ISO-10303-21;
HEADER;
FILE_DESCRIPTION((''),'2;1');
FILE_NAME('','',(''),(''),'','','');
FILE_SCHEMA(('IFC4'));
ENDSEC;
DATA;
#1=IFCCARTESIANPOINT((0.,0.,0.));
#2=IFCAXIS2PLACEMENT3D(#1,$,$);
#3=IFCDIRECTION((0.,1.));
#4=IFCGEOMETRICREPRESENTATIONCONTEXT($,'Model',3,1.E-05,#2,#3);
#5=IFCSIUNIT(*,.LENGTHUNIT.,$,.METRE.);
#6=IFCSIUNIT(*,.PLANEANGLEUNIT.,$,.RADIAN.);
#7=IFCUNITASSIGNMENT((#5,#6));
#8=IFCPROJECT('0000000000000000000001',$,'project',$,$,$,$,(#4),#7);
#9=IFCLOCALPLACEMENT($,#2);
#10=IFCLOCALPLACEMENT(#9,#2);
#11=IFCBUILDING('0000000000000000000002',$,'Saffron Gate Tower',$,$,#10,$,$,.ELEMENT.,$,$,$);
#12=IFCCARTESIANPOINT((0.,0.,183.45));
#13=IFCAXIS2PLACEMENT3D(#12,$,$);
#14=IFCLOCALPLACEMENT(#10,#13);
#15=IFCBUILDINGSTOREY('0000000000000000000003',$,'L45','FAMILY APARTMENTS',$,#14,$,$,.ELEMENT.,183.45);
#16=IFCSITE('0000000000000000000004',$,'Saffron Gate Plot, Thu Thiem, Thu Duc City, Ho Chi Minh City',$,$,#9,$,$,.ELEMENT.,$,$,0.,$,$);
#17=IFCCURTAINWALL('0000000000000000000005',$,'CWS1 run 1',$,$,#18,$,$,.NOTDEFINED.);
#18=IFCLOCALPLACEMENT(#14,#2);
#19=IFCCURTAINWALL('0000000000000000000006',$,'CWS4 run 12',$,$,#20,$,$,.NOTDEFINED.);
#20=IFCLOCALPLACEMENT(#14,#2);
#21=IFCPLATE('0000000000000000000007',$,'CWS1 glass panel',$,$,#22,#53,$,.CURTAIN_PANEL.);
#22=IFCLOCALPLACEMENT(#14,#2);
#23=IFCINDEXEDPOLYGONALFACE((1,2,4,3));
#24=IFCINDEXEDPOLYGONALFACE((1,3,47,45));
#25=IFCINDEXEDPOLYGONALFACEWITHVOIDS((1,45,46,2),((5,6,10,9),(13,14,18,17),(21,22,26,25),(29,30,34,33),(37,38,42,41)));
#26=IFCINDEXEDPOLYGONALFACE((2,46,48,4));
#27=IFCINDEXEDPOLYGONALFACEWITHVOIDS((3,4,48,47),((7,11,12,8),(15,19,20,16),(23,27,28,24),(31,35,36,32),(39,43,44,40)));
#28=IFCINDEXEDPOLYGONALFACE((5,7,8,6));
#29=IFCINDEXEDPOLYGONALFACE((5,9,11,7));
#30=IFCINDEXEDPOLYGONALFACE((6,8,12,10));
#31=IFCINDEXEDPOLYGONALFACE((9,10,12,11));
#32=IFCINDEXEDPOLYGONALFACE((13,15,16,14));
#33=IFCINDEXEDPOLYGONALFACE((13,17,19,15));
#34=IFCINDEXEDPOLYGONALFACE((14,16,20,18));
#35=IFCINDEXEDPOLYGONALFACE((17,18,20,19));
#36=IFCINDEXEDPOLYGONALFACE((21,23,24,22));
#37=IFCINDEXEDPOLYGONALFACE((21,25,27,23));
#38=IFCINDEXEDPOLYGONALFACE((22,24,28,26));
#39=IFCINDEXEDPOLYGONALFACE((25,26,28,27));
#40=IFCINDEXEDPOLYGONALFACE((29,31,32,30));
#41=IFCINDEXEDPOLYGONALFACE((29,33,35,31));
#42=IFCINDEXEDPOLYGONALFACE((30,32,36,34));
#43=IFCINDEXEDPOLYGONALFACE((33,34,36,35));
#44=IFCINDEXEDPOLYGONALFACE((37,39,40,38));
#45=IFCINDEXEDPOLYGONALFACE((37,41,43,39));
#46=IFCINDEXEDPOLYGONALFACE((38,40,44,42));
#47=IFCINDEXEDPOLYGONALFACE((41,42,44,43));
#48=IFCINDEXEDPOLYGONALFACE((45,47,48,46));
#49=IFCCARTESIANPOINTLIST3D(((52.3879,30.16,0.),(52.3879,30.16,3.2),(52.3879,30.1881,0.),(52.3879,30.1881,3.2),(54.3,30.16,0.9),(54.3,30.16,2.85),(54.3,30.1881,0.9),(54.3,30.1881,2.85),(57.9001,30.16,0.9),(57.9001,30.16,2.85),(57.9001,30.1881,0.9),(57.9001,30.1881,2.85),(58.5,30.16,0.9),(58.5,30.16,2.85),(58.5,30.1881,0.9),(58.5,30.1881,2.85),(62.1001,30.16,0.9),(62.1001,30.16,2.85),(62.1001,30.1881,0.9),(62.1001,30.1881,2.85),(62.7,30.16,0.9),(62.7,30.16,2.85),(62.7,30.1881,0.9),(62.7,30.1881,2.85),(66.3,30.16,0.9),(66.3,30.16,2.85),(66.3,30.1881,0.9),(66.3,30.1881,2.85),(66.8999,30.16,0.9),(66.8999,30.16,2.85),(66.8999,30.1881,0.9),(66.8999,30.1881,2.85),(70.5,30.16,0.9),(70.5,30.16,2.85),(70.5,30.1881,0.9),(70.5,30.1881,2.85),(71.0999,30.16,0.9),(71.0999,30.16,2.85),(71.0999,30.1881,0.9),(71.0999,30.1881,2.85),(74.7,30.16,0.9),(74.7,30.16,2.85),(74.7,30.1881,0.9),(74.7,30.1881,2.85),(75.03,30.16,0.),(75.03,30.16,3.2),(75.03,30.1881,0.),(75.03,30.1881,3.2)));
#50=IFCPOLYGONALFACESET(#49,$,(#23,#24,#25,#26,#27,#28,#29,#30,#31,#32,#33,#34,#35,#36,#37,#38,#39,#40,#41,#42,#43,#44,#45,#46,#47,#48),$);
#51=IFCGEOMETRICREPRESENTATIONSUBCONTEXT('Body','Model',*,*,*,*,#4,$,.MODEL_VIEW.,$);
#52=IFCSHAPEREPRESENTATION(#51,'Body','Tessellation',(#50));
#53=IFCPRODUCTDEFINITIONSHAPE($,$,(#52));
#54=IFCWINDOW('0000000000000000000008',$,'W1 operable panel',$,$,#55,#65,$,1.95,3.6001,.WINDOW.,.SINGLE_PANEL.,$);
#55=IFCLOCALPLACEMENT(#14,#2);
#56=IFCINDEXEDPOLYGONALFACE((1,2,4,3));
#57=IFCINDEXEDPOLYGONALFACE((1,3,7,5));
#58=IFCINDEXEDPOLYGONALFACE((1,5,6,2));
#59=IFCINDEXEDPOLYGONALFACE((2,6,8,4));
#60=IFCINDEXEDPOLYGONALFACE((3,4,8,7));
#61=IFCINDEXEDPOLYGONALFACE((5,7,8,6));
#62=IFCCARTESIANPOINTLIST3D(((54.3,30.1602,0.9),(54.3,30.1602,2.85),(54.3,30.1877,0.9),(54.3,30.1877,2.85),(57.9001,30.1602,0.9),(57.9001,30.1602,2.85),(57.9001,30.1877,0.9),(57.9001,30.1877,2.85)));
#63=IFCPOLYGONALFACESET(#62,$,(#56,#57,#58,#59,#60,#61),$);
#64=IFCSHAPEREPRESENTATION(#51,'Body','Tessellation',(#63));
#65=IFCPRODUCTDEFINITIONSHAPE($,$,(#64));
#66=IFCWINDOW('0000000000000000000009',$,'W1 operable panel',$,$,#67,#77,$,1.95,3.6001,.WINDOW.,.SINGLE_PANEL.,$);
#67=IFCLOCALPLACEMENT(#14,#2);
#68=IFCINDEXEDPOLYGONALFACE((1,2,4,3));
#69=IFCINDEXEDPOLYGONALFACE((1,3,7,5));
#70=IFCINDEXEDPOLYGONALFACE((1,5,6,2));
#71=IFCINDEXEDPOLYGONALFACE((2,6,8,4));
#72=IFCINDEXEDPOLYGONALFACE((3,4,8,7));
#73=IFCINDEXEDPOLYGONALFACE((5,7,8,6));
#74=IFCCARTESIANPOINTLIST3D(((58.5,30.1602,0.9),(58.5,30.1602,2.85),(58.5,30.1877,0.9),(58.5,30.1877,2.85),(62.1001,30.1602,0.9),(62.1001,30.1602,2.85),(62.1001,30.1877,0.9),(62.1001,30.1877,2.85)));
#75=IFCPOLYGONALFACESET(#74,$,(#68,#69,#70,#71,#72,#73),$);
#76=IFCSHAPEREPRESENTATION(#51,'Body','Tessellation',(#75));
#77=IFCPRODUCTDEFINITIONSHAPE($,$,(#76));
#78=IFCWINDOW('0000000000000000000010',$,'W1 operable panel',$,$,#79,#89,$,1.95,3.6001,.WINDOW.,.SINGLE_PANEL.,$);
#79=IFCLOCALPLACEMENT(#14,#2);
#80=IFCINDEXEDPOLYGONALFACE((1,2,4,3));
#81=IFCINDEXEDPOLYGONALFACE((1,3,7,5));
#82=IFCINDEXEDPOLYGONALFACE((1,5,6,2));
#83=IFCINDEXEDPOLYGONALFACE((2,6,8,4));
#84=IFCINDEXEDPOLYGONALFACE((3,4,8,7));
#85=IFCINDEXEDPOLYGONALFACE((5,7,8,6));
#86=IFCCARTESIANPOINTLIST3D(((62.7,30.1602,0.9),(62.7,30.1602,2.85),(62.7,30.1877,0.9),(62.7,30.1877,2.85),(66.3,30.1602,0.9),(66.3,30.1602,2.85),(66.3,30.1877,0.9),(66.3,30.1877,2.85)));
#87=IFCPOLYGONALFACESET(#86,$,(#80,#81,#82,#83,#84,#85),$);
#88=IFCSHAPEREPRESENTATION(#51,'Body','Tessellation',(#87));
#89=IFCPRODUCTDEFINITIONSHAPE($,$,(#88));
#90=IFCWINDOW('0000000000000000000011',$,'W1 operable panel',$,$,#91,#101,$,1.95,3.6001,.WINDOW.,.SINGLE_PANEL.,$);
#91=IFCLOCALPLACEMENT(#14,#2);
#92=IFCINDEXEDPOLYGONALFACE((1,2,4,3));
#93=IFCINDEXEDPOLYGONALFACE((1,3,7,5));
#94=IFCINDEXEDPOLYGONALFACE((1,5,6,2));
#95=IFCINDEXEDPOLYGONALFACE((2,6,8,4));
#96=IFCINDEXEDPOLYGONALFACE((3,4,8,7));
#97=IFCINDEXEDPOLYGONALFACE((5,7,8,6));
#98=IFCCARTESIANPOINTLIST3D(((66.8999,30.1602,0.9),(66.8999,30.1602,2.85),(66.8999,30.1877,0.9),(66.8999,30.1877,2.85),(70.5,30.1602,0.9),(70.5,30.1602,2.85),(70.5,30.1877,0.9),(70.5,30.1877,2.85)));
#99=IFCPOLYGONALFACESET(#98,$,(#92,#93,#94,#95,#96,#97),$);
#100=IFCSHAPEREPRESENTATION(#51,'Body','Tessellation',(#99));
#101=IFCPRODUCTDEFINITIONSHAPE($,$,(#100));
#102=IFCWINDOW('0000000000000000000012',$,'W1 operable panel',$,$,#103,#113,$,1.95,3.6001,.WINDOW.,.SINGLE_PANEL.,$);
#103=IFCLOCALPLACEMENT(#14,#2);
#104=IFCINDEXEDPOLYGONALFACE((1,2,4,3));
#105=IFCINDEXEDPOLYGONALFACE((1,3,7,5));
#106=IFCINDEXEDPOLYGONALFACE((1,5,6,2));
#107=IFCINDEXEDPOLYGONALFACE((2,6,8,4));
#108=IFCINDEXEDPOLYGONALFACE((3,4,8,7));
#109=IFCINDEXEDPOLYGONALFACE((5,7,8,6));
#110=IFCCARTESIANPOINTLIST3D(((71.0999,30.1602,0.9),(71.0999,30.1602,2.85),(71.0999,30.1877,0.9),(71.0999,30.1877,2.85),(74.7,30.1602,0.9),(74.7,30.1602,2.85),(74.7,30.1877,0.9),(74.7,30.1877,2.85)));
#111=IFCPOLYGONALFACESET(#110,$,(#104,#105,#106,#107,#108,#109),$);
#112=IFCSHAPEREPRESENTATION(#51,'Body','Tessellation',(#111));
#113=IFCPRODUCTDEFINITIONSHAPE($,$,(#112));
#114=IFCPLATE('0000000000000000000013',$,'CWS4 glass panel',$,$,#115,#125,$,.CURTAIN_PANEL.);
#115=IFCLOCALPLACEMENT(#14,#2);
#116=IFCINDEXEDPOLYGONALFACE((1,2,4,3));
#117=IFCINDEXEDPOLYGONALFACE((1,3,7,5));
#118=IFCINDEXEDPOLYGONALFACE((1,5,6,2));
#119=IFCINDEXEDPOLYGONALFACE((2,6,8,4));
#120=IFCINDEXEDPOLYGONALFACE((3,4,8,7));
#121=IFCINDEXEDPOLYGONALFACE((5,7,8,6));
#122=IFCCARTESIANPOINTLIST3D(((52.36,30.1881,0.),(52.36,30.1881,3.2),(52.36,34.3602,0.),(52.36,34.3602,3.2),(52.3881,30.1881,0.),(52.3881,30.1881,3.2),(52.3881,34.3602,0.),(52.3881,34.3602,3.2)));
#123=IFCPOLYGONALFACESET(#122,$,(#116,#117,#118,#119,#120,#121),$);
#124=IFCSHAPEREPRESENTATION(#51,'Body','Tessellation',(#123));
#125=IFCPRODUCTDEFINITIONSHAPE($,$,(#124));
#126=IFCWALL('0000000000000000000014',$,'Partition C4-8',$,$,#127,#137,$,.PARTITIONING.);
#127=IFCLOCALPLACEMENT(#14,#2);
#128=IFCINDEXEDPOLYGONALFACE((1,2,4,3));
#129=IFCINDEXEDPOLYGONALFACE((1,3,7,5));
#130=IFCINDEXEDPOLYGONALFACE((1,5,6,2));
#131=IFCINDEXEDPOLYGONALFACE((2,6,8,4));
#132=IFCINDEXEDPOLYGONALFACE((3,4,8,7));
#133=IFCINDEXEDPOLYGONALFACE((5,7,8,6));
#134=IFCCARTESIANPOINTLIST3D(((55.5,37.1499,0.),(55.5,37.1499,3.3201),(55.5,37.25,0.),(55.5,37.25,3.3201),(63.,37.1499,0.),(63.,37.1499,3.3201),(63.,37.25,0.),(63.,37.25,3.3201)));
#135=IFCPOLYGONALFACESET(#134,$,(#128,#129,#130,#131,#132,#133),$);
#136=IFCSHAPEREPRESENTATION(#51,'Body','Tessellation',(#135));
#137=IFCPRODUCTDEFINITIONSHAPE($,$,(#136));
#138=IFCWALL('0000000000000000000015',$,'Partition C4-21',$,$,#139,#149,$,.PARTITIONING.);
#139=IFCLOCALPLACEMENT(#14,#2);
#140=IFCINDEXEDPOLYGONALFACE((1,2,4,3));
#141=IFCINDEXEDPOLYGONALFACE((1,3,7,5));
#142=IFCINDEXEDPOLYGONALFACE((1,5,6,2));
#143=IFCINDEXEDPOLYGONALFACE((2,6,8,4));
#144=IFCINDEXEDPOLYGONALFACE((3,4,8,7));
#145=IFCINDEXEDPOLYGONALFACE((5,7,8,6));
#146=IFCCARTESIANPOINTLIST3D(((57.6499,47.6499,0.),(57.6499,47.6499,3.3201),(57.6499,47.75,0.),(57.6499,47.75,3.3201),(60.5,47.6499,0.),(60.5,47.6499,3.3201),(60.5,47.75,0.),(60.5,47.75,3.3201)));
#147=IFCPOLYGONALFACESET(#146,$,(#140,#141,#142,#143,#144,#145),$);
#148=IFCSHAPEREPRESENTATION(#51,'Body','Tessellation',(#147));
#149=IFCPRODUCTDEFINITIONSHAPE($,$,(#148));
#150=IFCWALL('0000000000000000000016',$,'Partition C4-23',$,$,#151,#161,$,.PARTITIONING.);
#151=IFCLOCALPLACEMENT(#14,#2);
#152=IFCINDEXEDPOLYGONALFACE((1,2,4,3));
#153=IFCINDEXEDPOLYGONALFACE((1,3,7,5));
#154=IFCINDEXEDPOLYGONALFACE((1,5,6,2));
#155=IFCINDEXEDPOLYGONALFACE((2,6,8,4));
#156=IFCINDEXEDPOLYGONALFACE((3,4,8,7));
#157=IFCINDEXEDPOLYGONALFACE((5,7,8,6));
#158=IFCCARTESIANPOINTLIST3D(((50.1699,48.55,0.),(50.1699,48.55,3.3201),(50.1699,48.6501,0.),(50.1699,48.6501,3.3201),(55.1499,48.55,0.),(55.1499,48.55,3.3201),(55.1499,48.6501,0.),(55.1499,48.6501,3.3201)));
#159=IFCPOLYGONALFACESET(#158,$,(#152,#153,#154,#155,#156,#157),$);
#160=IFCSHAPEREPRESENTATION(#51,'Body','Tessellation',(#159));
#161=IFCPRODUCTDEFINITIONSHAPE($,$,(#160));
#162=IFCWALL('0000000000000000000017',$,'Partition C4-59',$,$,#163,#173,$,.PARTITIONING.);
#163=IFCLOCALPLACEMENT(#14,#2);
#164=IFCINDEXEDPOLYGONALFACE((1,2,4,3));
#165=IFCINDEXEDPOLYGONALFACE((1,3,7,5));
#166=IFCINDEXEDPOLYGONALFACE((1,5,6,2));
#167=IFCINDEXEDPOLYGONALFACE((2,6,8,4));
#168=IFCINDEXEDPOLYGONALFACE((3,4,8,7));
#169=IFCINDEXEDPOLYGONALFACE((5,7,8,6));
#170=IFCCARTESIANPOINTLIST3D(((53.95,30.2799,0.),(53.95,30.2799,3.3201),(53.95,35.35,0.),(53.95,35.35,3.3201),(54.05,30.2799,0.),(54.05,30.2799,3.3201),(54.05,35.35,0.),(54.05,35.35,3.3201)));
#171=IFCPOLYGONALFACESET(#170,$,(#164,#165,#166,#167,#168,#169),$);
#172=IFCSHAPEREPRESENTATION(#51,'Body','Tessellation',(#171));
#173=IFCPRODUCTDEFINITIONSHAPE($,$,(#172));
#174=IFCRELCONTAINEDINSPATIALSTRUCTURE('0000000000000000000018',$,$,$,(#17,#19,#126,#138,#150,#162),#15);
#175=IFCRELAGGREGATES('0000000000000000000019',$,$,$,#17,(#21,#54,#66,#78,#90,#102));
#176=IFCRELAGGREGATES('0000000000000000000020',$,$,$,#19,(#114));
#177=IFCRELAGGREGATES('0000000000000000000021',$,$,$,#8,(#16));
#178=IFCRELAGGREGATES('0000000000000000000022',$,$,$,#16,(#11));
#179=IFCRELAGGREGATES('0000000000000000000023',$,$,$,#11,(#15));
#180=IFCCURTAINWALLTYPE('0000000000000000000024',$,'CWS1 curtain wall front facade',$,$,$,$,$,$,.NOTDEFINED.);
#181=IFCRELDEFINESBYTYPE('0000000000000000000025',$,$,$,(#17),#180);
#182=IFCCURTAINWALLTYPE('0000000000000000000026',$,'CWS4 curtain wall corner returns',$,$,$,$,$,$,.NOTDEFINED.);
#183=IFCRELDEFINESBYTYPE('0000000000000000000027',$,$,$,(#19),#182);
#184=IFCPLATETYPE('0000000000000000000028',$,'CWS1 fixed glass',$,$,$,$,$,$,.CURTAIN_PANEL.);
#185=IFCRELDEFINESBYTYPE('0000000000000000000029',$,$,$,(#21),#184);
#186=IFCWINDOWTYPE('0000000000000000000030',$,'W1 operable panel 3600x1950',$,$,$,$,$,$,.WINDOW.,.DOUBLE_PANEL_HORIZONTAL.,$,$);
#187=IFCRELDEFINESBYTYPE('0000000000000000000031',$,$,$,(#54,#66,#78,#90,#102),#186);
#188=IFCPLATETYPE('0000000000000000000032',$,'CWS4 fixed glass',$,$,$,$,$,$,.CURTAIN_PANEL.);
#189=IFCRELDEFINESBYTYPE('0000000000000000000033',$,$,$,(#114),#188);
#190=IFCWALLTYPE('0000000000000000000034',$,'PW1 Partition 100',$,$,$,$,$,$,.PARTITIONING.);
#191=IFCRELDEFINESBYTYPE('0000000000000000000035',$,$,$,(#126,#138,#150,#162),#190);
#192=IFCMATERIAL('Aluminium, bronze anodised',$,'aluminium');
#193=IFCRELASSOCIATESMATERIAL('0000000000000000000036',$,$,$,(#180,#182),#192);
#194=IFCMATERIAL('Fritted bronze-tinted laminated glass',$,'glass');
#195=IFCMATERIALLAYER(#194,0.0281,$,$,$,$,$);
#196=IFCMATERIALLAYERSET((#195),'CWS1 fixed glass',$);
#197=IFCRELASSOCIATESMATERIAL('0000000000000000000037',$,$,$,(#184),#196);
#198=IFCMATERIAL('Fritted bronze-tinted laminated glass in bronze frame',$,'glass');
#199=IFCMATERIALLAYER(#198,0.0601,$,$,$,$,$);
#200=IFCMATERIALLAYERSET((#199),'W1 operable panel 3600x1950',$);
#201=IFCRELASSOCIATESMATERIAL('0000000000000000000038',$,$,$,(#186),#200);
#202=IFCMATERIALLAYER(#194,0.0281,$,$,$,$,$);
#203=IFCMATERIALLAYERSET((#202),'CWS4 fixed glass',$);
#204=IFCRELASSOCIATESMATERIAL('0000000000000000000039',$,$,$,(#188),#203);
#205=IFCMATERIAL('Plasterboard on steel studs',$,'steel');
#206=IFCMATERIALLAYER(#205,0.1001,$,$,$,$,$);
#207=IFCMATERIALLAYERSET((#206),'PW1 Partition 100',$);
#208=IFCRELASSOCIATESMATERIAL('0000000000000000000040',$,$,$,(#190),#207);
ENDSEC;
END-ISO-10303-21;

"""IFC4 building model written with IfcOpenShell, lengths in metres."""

from ifc_helpers import new_model, si_unit, direction, frame, frame_2d, origin, place, context, subcontext, project, spatial, rectangle, extrude, material, layer, layer_set, type_object, element, fill, aggregate, save


model = new_model("IFC4")

# Units and contexts
model_context = context("Model", 3, precision=1e-05, world=origin(), true_north=direction((0.0, 1.0)))
body_context = subcontext(model_context, "Body", "Model", "MODEL_VIEW")
ifc_project = project(units=[si_unit("LENGTHUNIT", "METRE"), si_unit("PLANEANGLEUNIT", "RADIAN")], contexts=[model_context])

# Site, building, storey
site_placement = place(None, origin())
site = spatial("IfcSite", under=ifc_project, at=site_placement, Name="Saffron Gate Plot, Thu Thiem, Thu Duc City, Ho Chi Minh City", CompositionType="ELEMENT", RefElevation=0.0)
building_placement = place(site_placement, origin())
building = spatial("IfcBuilding", under=site, at=building_placement, Name="Saffron Gate Tower", CompositionType="ELEMENT")
storey_placement = place(building_placement, frame((0.0, 0.0, 183.45)))
storey = spatial("IfcBuildingStorey", under=building, at=storey_placement, Name="L45", Description="FAMILY APARTMENTS", CompositionType="ELEMENT", Elevation=183.45)

# Curtain wall
ifc_material_1 = material(Name="Aluminium, bronze anodised", Category="aluminium")
curtain_wall_type_1 = type_object("IfcCurtainWallType", Name="CWS1 curtain wall front facade", PredefinedType="NOTDEFINED", material=ifc_material_1)
curtain_wall_1_placement = place(storey_placement, origin())
curtain_wall_1 = element("IfcCurtainWall", 1, at=curtain_wall_1_placement, inside=storey, type_object=curtain_wall_type_1, Name="CWS1 run 1", PredefinedType="NOTDEFINED")

# Curtain wall
curtain_wall_type_2 = type_object("IfcCurtainWallType", Name="CWS4 curtain wall corner returns", PredefinedType="NOTDEFINED", material=ifc_material_1)
curtain_wall_2_placement = place(storey_placement, origin())
curtain_wall_2 = element("IfcCurtainWall", 2, at=curtain_wall_2_placement, inside=storey, type_object=curtain_wall_type_2, Name="CWS4 run 12", PredefinedType="NOTDEFINED")

# Plate, openings, windows
ifc_material_2 = material(Name="Fritted bronze-tinted laminated glass", Category="glass")
ifc_layer_1 = layer(ifc_material_2, 0.0281)
ifc_layer_set_1 = layer_set([ifc_layer_1], Name="CWS1 fixed glass")
plate_type_1 = type_object("IfcPlateType", Name="CWS1 fixed glass", PredefinedType="CURTAIN_PANEL", material=ifc_layer_set_1)
plate_1_placement = place(storey_placement, frame((52.3879, 30.1741, 0.0), z_axis=(0.0, 0.0, 1.0), x_axis=(1.0, 0.0, 0.0)))
plate_1 = element("IfcPlate", 3, at=plate_1_placement, type_object=plate_type_1, Name="CWS1 glass panel", PredefinedType="CURTAIN_PANEL", context=body_context, shape_type="SweptSolid", body=[
    extrude(rectangle(XDim=22.6421, YDim=0.0281, at=frame_2d((11.321, 0.0))), origin(), (0.0, 0.0, 1.0), 3.2),
])
opening_1_placement = place(plate_1_placement, frame((1.9121, 0.0, 0.8999)))
opening_1 = element("IfcOpeningElement", 4, at=opening_1_placement, cuts=plate_1, PredefinedType="OPENING", context=body_context, shape_type="SweptSolid", body=[
    extrude(rectangle(XDim=3.6001, YDim=1.95, at=frame_2d((1.8, 0.9751))), frame((0.0, 0.0239, 0.0), z_axis=(0.0, -1.0, 0.0), x_axis=(1.0, 0.0, 0.0)), (0.0, 0.0, 1.0), 0.0481),
])
opening_2_placement = place(plate_1_placement, frame((6.1121, 0.0, 0.8999)))
opening_2 = element("IfcOpeningElement", 5, at=opening_2_placement, cuts=plate_1, PredefinedType="OPENING", context=body_context, shape_type="SweptSolid", body=[
    extrude(rectangle(XDim=3.6001, YDim=1.95, at=frame_2d((1.8, 0.9751))), frame((0.0, 0.0239, 0.0), z_axis=(0.0, -1.0, 0.0), x_axis=(1.0, 0.0, 0.0)), (0.0, 0.0, 1.0), 0.0481),
])
opening_3_placement = place(plate_1_placement, frame((10.312, 0.0, 0.8999)))
opening_3 = element("IfcOpeningElement", 6, at=opening_3_placement, cuts=plate_1, PredefinedType="OPENING", context=body_context, shape_type="SweptSolid", body=[
    extrude(rectangle(XDim=3.6001, YDim=1.95, at=frame_2d((1.8, 0.9751))), frame((0.0, 0.0239, 0.0), z_axis=(0.0, -1.0, 0.0), x_axis=(1.0, 0.0, 0.0)), (0.0, 0.0, 1.0), 0.0481),
])
opening_4_placement = place(plate_1_placement, frame((14.512, 0.0, 0.8999)))
opening_4 = element("IfcOpeningElement", 7, at=opening_4_placement, cuts=plate_1, PredefinedType="OPENING", context=body_context, shape_type="SweptSolid", body=[
    extrude(rectangle(XDim=3.6001, YDim=1.95, at=frame_2d((1.8, 0.9751))), frame((0.0, 0.0239, 0.0), z_axis=(0.0, -1.0, 0.0), x_axis=(1.0, 0.0, 0.0)), (0.0, 0.0, 1.0), 0.0481),
])
opening_5_placement = place(plate_1_placement, frame((18.7119, 0.0, 0.8999)))
opening_5 = element("IfcOpeningElement", 8, at=opening_5_placement, cuts=plate_1, PredefinedType="OPENING", context=body_context, shape_type="SweptSolid", body=[
    extrude(rectangle(XDim=3.6001, YDim=1.95, at=frame_2d((1.8, 0.9751))), frame((0.0, 0.0239, 0.0), z_axis=(0.0, -1.0, 0.0), x_axis=(1.0, 0.0, 0.0)), (0.0, 0.0, 1.0), 0.0481),
])
ifc_material_3 = material(Name="Fritted bronze-tinted laminated glass in bronze frame", Category="glass")
ifc_layer_2 = layer(ifc_material_3, 0.0601)
ifc_layer_set_2 = layer_set([ifc_layer_2], Name="W1 operable panel 3600x1950")
window_type = type_object("IfcWindowType", Name="W1 operable panel 3600x1950", PartitioningType="DOUBLE_PANEL_HORIZONTAL", PredefinedType="WINDOW", material=ifc_layer_set_2)
window_1_placement = place(opening_1_placement, origin())
window_1 = element("IfcWindow", 9, at=window_1_placement, type_object=window_type, Name="W1 operable panel", OverallHeight=1.95, OverallWidth=3.6001, PartitioningType="SINGLE_PANEL", PredefinedType="WINDOW", context=body_context, shape_type="SweptSolid", body=[
    extrude(rectangle(XDim=3.6001, YDim=1.95, at=frame_2d((1.8, 0.9751))), frame((0.0, 0.0137, 0.0), z_axis=(0.0, -1.0, 0.0), x_axis=(1.0, 0.0, 0.0)), (0.0, 0.0, 1.0), 0.0276),
])
fill(opening_1, window_1)
window_2_placement = place(opening_2_placement, origin())
window_2 = element("IfcWindow", 10, at=window_2_placement, type_object=window_type, Name="W1 operable panel", OverallHeight=1.95, OverallWidth=3.6001, PartitioningType="SINGLE_PANEL", PredefinedType="WINDOW", context=body_context, shape_type="SweptSolid", body=[
    extrude(rectangle(XDim=3.6001, YDim=1.95, at=frame_2d((1.8, 0.9751))), frame((0.0, 0.0137, 0.0), z_axis=(0.0, -1.0, 0.0), x_axis=(1.0, 0.0, 0.0)), (0.0, 0.0, 1.0), 0.0276),
])
fill(opening_2, window_2)
window_3_placement = place(opening_3_placement, origin())
window_3 = element("IfcWindow", 11, at=window_3_placement, type_object=window_type, Name="W1 operable panel", OverallHeight=1.95, OverallWidth=3.6001, PartitioningType="SINGLE_PANEL", PredefinedType="WINDOW", context=body_context, shape_type="SweptSolid", body=[
    extrude(rectangle(XDim=3.6001, YDim=1.95, at=frame_2d((1.8, 0.9751))), frame((0.0, 0.0137, 0.0), z_axis=(0.0, -1.0, 0.0), x_axis=(1.0, 0.0, 0.0)), (0.0, 0.0, 1.0), 0.0276),
])
fill(opening_3, window_3)
window_4_placement = place(opening_4_placement, origin())
window_4 = element("IfcWindow", 12, at=window_4_placement, type_object=window_type, Name="W1 operable panel", OverallHeight=1.95, OverallWidth=3.6001, PartitioningType="SINGLE_PANEL", PredefinedType="WINDOW", context=body_context, shape_type="SweptSolid", body=[
    extrude(rectangle(XDim=3.6001, YDim=1.95, at=frame_2d((1.8, 0.9751))), frame((0.0, 0.0137, 0.0), z_axis=(0.0, -1.0, 0.0), x_axis=(1.0, 0.0, 0.0)), (0.0, 0.0, 1.0), 0.0276),
])
fill(opening_4, window_4)
window_5_placement = place(opening_5_placement, origin())
window_5 = element("IfcWindow", 13, at=window_5_placement, type_object=window_type, Name="W1 operable panel", OverallHeight=1.95, OverallWidth=3.6001, PartitioningType="SINGLE_PANEL", PredefinedType="WINDOW", context=body_context, shape_type="SweptSolid", body=[
    extrude(rectangle(XDim=3.6001, YDim=1.95, at=frame_2d((1.8, 0.9751))), frame((0.0, 0.0137, 0.0), z_axis=(0.0, -1.0, 0.0), x_axis=(1.0, 0.0, 0.0)), (0.0, 0.0, 1.0), 0.0276),
])
fill(opening_5, window_5)
aggregate(curtain_wall_1, [plate_1, window_1, window_2, window_3, window_4, window_5])

# Plate
ifc_layer_3 = layer(ifc_material_2, 0.0281)
ifc_layer_set_3 = layer_set([ifc_layer_3], Name="CWS4 fixed glass")
plate_type_2 = type_object("IfcPlateType", Name="CWS4 fixed glass", PredefinedType="CURTAIN_PANEL", material=ifc_layer_set_3)
plate_2_placement = place(storey_placement, frame((52.374, 34.3601, 0.0), z_axis=(0.0, 0.0, 1.0), x_axis=(0.0, -1.0, 0.0)))
plate_2 = element("IfcPlate", 14, at=plate_2_placement, type_object=plate_type_2, Name="CWS4 glass panel", PredefinedType="CURTAIN_PANEL", context=body_context, shape_type="SweptSolid", body=[
    extrude(rectangle(XDim=4.1721, YDim=0.0281, at=frame_2d((2.0859, 0.0))), origin(), (0.0, 0.0, 1.0), 3.2),
])
aggregate(curtain_wall_2, [plate_2])

# Walls
ifc_material_4 = material(Name="Plasterboard on steel studs", Category="steel")
ifc_layer_4 = layer(ifc_material_4, 0.1001)
ifc_layer_set_4 = layer_set([ifc_layer_4], Name="PW1 Partition 100")
wall_type = type_object("IfcWallType", Name="PW1 Partition 100", PredefinedType="PARTITIONING", material=ifc_layer_set_4)
wall_1_placement = place(storey_placement, frame((55.5, 37.2, 0.0), z_axis=(0.0, 0.0, 1.0), x_axis=(1.0, 0.0, 0.0)))
element("IfcWall", 15, at=wall_1_placement, inside=storey, type_object=wall_type, Name="Partition C4-8", PredefinedType="PARTITIONING", context=body_context, shape_type="SweptSolid", body=[
    extrude(rectangle(XDim=7.5, YDim=0.1001, at=frame_2d((3.75, 0.0))), origin(), (0.0, 0.0, 1.0), 3.3201),
])
wall_2_placement = place(storey_placement, frame((57.6499, 47.7, 0.0), z_axis=(0.0, 0.0, 1.0), x_axis=(1.0, 0.0, 0.0)))
element("IfcWall", 16, at=wall_2_placement, inside=storey, type_object=wall_type, Name="Partition C4-21", PredefinedType="PARTITIONING", context=body_context, shape_type="SweptSolid", body=[
    extrude(rectangle(XDim=2.8501, YDim=0.1001, at=frame_2d((1.425, 0.0))), origin(), (0.0, 0.0, 1.0), 3.3201),
])
wall_3_placement = place(storey_placement, frame((50.1699, 48.6001, 0.0), z_axis=(0.0, 0.0, 1.0), x_axis=(1.0, 0.0, 0.0)))
element("IfcWall", 17, at=wall_3_placement, inside=storey, type_object=wall_type, Name="Partition C4-23", PredefinedType="PARTITIONING", context=body_context, shape_type="SweptSolid", body=[
    extrude(rectangle(XDim=4.98, YDim=0.1001, at=frame_2d((2.49, 0.0))), origin(), (0.0, 0.0, 1.0), 3.3201),
])
wall_4_placement = place(storey_placement, frame((54.0, 35.3501, 0.0), z_axis=(0.0, 0.0, 1.0), x_axis=(0.0, -1.0, 0.0)))
element("IfcWall", 18, at=wall_4_placement, inside=storey, type_object=wall_type, Name="Partition C4-59", PredefinedType="PARTITIONING", context=body_context, shape_type="SweptSolid", body=[
    extrude(rectangle(XDim=5.0701, YDim=0.1001, at=frame_2d((2.5352, 0.0))), origin(), (0.0, 0.0, 1.0), 3.3201),
])

save(model, "model.ifc")
